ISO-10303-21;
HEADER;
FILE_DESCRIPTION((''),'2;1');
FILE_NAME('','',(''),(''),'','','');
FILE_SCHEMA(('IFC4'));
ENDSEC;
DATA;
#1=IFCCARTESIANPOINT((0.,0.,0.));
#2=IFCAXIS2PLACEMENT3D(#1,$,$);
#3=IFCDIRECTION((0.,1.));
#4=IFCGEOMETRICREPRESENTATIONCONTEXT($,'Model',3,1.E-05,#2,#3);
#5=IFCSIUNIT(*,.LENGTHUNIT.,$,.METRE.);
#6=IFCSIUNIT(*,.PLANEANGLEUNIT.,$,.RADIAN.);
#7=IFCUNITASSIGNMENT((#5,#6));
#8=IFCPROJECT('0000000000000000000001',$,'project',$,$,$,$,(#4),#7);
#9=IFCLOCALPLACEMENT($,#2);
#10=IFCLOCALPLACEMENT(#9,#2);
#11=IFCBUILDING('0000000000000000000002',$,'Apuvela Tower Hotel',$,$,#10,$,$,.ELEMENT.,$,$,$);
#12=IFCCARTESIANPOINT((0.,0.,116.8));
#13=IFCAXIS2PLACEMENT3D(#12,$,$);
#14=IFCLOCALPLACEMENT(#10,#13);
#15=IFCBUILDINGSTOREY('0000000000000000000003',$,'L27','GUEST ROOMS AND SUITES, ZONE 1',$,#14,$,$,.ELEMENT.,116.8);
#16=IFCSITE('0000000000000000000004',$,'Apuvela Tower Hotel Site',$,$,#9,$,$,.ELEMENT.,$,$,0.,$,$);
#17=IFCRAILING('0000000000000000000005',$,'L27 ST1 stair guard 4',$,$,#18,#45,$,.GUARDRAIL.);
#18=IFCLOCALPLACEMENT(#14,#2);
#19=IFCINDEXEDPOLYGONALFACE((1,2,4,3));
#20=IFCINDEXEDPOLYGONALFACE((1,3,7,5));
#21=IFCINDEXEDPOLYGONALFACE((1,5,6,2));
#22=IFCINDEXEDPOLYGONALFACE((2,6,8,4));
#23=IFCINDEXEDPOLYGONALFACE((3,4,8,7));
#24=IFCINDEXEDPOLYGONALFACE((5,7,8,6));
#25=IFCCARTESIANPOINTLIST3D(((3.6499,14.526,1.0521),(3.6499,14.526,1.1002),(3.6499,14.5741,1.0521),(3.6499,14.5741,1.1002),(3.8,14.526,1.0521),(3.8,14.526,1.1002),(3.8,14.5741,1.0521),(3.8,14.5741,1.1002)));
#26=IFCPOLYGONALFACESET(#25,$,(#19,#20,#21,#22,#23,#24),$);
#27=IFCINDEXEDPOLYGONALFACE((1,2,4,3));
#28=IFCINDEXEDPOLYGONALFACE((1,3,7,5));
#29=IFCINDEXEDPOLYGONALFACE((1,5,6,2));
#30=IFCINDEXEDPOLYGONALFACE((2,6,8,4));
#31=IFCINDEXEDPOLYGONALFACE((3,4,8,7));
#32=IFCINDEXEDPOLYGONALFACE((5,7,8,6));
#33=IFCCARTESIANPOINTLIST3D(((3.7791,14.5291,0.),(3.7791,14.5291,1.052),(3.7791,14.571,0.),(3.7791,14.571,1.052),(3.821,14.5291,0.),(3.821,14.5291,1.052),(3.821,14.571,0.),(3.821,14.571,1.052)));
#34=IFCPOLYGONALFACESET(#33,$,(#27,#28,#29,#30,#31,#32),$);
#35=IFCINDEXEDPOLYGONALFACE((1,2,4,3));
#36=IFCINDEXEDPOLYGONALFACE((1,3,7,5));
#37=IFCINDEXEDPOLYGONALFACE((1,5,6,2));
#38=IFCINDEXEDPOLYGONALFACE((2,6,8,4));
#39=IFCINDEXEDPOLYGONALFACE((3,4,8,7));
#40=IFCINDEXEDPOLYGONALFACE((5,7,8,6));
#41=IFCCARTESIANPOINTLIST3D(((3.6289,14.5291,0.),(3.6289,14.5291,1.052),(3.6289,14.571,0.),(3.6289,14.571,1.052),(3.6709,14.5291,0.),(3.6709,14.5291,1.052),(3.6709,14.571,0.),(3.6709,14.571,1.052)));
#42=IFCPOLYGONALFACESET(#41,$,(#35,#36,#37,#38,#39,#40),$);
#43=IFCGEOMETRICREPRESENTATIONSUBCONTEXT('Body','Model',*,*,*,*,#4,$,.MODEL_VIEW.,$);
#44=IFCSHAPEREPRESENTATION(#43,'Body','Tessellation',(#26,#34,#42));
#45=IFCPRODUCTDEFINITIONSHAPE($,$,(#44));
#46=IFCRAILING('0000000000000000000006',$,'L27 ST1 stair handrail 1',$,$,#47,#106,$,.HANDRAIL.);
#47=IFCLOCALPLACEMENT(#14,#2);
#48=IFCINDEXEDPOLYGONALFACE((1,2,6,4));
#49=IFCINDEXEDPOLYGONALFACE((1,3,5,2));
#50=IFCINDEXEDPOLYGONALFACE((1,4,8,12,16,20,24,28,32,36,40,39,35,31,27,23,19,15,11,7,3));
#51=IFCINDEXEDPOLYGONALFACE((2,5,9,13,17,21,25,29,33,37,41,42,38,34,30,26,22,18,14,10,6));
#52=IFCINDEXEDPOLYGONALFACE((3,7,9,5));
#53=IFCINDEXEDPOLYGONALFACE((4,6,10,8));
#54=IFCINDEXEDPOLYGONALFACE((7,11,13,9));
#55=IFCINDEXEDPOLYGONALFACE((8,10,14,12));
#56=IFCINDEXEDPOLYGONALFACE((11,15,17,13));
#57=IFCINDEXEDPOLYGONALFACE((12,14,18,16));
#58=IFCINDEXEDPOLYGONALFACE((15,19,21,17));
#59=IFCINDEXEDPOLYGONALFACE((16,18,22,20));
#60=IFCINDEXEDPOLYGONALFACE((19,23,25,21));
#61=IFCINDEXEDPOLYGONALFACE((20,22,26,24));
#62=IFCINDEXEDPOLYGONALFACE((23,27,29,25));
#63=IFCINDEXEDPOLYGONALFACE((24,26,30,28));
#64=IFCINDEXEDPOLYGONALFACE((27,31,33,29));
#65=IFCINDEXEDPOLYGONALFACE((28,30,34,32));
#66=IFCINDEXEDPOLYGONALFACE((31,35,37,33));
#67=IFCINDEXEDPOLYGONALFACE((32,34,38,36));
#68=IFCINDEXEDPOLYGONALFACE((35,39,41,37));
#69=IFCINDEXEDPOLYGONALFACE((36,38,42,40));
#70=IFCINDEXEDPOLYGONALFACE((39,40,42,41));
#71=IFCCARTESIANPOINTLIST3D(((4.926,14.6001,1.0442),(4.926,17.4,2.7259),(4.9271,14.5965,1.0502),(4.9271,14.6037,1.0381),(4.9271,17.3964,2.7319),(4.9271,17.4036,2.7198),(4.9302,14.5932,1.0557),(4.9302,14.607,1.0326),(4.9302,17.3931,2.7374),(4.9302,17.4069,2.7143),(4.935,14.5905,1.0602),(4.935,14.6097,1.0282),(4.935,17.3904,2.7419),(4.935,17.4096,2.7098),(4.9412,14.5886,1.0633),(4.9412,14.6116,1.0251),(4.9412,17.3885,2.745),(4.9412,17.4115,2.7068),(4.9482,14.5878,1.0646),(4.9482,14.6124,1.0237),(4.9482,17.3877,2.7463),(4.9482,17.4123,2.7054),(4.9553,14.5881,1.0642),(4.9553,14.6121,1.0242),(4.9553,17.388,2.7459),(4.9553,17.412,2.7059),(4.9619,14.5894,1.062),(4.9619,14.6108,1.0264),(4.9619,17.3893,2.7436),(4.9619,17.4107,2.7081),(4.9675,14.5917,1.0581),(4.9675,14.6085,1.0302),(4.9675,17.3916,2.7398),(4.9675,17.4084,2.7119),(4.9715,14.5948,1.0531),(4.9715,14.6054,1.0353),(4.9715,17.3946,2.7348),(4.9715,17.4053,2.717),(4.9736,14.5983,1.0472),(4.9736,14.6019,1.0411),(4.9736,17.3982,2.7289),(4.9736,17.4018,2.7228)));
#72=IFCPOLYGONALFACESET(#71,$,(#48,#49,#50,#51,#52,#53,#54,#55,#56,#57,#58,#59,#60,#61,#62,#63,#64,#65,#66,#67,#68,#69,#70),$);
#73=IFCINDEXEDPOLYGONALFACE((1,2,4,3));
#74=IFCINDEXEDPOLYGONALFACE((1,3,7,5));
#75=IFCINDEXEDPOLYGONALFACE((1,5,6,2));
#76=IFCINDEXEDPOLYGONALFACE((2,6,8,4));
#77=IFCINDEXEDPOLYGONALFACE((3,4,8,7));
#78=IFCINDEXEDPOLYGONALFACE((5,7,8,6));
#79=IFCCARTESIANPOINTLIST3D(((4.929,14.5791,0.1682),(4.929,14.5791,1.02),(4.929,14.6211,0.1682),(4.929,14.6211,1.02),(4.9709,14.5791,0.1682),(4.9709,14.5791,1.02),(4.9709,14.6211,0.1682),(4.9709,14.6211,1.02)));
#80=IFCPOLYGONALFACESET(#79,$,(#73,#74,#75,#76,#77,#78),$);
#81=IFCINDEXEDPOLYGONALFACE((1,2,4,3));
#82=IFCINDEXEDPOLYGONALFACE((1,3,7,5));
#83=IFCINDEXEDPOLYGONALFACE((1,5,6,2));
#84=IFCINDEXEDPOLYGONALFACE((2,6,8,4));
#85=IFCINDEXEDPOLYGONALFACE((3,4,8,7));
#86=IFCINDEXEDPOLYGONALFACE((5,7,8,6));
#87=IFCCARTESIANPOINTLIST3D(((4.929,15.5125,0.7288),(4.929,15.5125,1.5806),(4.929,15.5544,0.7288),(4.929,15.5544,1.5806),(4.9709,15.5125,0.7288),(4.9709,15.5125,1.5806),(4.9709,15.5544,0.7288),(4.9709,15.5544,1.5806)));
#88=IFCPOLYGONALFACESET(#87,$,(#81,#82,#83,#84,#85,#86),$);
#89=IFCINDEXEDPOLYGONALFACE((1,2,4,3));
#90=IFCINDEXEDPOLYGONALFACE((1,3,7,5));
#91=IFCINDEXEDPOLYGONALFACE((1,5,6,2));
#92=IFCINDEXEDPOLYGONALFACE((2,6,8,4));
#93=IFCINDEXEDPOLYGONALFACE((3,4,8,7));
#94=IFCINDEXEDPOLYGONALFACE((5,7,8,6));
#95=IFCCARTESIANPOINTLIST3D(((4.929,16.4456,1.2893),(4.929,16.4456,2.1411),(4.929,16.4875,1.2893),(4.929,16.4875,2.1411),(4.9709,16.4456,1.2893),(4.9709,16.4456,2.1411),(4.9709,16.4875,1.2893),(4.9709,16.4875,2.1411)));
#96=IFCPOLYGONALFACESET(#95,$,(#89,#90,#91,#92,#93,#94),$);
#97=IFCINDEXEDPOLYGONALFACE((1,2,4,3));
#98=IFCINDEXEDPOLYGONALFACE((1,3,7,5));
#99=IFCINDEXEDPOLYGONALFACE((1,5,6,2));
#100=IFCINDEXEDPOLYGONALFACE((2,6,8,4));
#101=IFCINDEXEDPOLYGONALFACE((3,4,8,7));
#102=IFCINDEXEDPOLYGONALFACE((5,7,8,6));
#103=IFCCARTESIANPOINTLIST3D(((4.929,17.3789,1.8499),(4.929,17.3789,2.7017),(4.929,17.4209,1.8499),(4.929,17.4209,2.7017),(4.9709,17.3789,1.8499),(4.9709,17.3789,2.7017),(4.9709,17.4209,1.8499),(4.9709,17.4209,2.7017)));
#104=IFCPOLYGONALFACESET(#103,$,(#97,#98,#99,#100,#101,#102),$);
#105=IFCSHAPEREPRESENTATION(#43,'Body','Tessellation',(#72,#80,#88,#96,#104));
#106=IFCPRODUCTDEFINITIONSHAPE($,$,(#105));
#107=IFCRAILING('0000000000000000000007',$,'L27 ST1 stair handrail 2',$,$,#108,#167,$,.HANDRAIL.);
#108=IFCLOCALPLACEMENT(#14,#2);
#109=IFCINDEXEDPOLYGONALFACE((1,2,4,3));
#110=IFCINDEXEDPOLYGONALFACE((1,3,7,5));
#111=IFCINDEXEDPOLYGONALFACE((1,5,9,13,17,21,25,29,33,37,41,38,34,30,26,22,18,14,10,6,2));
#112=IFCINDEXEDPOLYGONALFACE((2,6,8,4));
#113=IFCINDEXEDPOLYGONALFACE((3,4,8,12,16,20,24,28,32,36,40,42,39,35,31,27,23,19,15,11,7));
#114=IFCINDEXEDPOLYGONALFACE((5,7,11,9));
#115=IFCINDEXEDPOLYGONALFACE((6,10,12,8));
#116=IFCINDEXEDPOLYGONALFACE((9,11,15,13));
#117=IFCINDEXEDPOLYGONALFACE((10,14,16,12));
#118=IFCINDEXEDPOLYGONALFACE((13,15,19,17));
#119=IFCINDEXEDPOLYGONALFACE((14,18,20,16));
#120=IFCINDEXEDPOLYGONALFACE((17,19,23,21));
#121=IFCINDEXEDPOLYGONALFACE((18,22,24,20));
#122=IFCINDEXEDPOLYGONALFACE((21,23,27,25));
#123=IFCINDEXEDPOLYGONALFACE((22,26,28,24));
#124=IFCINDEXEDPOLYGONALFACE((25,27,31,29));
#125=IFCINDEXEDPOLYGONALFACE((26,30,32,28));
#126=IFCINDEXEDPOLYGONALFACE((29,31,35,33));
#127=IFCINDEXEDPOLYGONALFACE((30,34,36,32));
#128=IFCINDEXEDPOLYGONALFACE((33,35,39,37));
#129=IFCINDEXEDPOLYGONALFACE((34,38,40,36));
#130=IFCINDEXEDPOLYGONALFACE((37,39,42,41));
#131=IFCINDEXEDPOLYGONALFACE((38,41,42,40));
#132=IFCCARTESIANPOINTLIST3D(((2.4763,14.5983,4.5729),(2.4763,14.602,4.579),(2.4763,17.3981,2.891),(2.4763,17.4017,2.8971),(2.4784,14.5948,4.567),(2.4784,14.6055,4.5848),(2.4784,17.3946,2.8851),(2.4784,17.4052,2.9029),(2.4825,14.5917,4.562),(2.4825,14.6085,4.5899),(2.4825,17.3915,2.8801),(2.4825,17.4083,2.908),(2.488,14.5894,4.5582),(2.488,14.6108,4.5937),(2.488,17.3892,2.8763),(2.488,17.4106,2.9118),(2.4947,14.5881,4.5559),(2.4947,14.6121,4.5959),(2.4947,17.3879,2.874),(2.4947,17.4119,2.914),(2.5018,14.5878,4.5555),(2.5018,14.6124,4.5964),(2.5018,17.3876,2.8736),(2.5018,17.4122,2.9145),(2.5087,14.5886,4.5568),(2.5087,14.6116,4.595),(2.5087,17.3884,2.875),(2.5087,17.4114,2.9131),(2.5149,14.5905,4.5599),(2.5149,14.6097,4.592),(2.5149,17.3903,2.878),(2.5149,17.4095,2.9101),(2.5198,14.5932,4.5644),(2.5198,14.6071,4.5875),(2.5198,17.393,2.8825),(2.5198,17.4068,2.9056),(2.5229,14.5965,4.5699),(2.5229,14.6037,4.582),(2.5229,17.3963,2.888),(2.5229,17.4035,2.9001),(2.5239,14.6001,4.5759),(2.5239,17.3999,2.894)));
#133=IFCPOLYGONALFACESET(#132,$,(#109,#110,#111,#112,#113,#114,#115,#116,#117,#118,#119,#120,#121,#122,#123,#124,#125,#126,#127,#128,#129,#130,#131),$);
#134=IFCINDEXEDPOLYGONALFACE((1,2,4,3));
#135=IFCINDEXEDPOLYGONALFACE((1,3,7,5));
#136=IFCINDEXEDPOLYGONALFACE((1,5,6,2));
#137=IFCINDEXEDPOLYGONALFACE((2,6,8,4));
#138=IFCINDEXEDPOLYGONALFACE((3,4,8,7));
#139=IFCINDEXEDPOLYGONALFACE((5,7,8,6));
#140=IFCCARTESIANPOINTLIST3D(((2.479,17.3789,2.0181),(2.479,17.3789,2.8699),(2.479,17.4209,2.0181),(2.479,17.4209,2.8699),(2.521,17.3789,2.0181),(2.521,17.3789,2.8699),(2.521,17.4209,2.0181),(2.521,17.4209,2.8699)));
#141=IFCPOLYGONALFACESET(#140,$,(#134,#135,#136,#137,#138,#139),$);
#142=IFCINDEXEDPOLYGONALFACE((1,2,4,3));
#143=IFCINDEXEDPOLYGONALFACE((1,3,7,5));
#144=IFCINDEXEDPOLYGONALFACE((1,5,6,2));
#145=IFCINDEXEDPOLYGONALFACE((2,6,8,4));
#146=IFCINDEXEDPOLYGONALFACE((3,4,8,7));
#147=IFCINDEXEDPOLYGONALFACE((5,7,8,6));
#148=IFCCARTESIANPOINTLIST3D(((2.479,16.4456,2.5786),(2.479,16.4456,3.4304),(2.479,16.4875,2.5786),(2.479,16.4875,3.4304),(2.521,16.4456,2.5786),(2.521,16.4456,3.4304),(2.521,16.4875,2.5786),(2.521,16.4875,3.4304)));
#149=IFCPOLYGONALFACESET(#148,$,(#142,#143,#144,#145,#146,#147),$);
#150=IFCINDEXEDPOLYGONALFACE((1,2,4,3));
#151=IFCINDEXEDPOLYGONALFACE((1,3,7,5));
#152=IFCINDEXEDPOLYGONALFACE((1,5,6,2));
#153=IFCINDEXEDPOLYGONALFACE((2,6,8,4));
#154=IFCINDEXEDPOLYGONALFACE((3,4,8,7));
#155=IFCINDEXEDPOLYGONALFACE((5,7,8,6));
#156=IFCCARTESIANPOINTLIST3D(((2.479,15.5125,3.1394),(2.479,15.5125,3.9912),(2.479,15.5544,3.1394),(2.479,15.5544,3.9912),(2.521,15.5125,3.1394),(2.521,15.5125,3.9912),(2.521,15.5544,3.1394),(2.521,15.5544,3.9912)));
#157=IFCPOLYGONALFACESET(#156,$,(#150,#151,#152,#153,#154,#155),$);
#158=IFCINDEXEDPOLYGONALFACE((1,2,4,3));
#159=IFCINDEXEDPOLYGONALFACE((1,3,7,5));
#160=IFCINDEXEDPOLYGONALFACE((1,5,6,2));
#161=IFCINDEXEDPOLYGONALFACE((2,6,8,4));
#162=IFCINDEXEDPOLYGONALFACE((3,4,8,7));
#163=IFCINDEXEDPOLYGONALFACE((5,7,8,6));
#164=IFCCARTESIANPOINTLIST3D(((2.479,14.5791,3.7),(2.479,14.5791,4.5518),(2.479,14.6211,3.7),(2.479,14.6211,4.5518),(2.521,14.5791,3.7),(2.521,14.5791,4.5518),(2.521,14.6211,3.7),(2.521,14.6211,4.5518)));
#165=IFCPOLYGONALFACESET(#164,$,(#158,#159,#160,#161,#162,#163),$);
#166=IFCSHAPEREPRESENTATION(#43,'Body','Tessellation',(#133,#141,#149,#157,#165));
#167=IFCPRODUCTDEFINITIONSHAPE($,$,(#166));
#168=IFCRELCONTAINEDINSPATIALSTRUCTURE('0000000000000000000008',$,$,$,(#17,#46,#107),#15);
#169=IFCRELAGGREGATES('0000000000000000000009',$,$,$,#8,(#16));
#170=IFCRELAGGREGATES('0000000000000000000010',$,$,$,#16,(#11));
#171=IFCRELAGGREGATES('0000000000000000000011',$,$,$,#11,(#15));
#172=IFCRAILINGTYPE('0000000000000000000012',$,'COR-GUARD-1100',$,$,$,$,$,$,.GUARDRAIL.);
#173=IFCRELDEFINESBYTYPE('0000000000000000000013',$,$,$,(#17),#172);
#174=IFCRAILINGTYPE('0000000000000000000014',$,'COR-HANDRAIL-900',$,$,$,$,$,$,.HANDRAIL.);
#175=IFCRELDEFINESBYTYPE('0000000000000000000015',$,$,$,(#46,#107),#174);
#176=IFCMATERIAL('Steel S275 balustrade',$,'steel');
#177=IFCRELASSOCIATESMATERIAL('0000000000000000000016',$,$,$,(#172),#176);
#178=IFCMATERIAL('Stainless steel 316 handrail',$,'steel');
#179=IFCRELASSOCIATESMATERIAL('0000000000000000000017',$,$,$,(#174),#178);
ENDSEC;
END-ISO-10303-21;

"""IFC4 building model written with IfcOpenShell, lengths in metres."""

from ifc_helpers import new_model, si_unit, direction, frame, origin, origin_2d, place, context, subcontext, project, spatial, rectangle, circle, extrude, material, type_object, element, save


model = new_model("IFC4")

# Units and contexts
model_context = context("Model", 3, precision=1e-05, world=origin(), true_north=direction((0.0, 1.0)))
body_context = subcontext(model_context, "Body", "Model", "MODEL_VIEW")
ifc_project = project(units=[si_unit("LENGTHUNIT", "METRE"), si_unit("PLANEANGLEUNIT", "RADIAN")], contexts=[model_context])

# Site, building, storey
site_placement = place(None, origin())
site = spatial("IfcSite", under=ifc_project, at=site_placement, Name="Apuvela Tower Hotel Site", CompositionType="ELEMENT", RefElevation=0.0)
building_placement = place(site_placement, origin())
building = spatial("IfcBuilding", under=site, at=building_placement, Name="Apuvela Tower Hotel", CompositionType="ELEMENT")
storey_placement = place(building_placement, frame((0.0, 0.0, 116.8)))
storey = spatial("IfcBuildingStorey", under=building, at=storey_placement, Name="L27", Description="GUEST ROOMS AND SUITES, ZONE 1", CompositionType="ELEMENT", Elevation=116.8)

# Railings
ifc_material_1 = material(Name="Steel S275 balustrade", Category="steel")
railing_type_1 = type_object("IfcRailingType", Name="COR-GUARD-1100", PredefinedType="GUARDRAIL", material=ifc_material_1)
railing_1_placement = place(storey_placement, frame((3.8, 14.55, 0.0)))
element("IfcRailing", 1, at=railing_1_placement, inside=storey, type_object=railing_type_1, Name="L27 ST1 stair guard 4", PredefinedType="GUARDRAIL", context=body_context, shape_type="SweptSolid", body=[
    extrude(rectangle(XDim=0.0481, YDim=0.0481, at=origin_2d()), frame((0.0, 0.0, 1.0762), z_axis=(-1.0, 0.0, 0.0), x_axis=(0.0, -1.0, 0.0)), (0.0, 0.0, 1.0), 0.1501),
    extrude(rectangle(XDim=0.042, YDim=0.042, at=origin_2d()), origin(), (0.0, 0.0, 1.0), 1.052),
    extrude(rectangle(XDim=0.042, YDim=0.042, at=origin_2d()), frame((-0.1501, 0.0, 0.0)), (0.0, 0.0, 1.0), 1.052),
])
ifc_material_2 = material(Name="Stainless steel 316 handrail", Category="steel")
railing_type_2 = type_object("IfcRailingType", Name="COR-HANDRAIL-900", PredefinedType="HANDRAIL", material=ifc_material_2)
railing_2_placement = place(storey_placement, frame((4.95, 14.6001, 0.1682)))
element("IfcRailing", 2, at=railing_2_placement, inside=storey, type_object=railing_type_2, Name="L27 ST1 stair handrail 1", PredefinedType="HANDRAIL", context=body_context, shape_type="SweptSolid", body=[
    extrude(circle(Radius=0.0239, at=origin_2d()), frame((0.0, 0.0, 0.876), z_axis=(0.0, 0.857255, 0.514891), x_axis=(-1.0, 0.0, 0.0)), (0.0, 0.0, 1.0), 3.2661),
    extrude(rectangle(XDim=0.042, YDim=0.042, at=origin_2d()), origin(), (0.0, 0.0, 1.0), 0.8518),
    extrude(rectangle(XDim=0.042, YDim=0.042, at=origin_2d()), frame((0.0, 0.9333, 0.5605)), (0.0, 0.0, 1.0), 0.8518),
    extrude(rectangle(XDim=0.042, YDim=0.042, at=origin_2d()), frame((0.0, 1.8665, 1.1211)), (0.0, 0.0, 1.0), 0.8518),
    extrude(rectangle(XDim=0.042, YDim=0.042, at=origin_2d()), frame((0.0, 2.7998, 1.6816)), (0.0, 0.0, 1.0), 0.8518),
])
railing_3_placement = place(storey_placement, frame((2.5, 17.3999, 2.0181)))
element("IfcRailing", 3, at=railing_3_placement, inside=storey, type_object=railing_type_2, Name="L27 ST1 stair handrail 2", PredefinedType="HANDRAIL", context=body_context, shape_type="SweptSolid", body=[
    extrude(circle(Radius=0.0239, at=origin_2d()), frame((0.0, 0.0, 0.876), z_axis=(0.0, -0.857222, 0.514946), x_axis=(1.0, 0.0, 0.0)), (0.0, 0.0, 1.0), 3.2661),
    extrude(rectangle(XDim=0.042, YDim=0.042, at=origin_2d()), origin(), (0.0, 0.0, 1.0), 0.8518),
    extrude(rectangle(XDim=0.042, YDim=0.042, at=origin_2d()), frame((0.0, -0.9333, 0.5605)), (0.0, 0.0, 1.0), 0.8518),
    extrude(rectangle(XDim=0.042, YDim=0.042, at=origin_2d()), frame((0.0, -1.8665, 1.1213)), (0.0, 0.0, 1.0), 0.8518),
    extrude(rectangle(XDim=0.042, YDim=0.042, at=origin_2d()), frame((0.0, -2.7998, 1.6819)), (0.0, 0.0, 1.0), 0.8518),
])

save(model, "model.ifc")
